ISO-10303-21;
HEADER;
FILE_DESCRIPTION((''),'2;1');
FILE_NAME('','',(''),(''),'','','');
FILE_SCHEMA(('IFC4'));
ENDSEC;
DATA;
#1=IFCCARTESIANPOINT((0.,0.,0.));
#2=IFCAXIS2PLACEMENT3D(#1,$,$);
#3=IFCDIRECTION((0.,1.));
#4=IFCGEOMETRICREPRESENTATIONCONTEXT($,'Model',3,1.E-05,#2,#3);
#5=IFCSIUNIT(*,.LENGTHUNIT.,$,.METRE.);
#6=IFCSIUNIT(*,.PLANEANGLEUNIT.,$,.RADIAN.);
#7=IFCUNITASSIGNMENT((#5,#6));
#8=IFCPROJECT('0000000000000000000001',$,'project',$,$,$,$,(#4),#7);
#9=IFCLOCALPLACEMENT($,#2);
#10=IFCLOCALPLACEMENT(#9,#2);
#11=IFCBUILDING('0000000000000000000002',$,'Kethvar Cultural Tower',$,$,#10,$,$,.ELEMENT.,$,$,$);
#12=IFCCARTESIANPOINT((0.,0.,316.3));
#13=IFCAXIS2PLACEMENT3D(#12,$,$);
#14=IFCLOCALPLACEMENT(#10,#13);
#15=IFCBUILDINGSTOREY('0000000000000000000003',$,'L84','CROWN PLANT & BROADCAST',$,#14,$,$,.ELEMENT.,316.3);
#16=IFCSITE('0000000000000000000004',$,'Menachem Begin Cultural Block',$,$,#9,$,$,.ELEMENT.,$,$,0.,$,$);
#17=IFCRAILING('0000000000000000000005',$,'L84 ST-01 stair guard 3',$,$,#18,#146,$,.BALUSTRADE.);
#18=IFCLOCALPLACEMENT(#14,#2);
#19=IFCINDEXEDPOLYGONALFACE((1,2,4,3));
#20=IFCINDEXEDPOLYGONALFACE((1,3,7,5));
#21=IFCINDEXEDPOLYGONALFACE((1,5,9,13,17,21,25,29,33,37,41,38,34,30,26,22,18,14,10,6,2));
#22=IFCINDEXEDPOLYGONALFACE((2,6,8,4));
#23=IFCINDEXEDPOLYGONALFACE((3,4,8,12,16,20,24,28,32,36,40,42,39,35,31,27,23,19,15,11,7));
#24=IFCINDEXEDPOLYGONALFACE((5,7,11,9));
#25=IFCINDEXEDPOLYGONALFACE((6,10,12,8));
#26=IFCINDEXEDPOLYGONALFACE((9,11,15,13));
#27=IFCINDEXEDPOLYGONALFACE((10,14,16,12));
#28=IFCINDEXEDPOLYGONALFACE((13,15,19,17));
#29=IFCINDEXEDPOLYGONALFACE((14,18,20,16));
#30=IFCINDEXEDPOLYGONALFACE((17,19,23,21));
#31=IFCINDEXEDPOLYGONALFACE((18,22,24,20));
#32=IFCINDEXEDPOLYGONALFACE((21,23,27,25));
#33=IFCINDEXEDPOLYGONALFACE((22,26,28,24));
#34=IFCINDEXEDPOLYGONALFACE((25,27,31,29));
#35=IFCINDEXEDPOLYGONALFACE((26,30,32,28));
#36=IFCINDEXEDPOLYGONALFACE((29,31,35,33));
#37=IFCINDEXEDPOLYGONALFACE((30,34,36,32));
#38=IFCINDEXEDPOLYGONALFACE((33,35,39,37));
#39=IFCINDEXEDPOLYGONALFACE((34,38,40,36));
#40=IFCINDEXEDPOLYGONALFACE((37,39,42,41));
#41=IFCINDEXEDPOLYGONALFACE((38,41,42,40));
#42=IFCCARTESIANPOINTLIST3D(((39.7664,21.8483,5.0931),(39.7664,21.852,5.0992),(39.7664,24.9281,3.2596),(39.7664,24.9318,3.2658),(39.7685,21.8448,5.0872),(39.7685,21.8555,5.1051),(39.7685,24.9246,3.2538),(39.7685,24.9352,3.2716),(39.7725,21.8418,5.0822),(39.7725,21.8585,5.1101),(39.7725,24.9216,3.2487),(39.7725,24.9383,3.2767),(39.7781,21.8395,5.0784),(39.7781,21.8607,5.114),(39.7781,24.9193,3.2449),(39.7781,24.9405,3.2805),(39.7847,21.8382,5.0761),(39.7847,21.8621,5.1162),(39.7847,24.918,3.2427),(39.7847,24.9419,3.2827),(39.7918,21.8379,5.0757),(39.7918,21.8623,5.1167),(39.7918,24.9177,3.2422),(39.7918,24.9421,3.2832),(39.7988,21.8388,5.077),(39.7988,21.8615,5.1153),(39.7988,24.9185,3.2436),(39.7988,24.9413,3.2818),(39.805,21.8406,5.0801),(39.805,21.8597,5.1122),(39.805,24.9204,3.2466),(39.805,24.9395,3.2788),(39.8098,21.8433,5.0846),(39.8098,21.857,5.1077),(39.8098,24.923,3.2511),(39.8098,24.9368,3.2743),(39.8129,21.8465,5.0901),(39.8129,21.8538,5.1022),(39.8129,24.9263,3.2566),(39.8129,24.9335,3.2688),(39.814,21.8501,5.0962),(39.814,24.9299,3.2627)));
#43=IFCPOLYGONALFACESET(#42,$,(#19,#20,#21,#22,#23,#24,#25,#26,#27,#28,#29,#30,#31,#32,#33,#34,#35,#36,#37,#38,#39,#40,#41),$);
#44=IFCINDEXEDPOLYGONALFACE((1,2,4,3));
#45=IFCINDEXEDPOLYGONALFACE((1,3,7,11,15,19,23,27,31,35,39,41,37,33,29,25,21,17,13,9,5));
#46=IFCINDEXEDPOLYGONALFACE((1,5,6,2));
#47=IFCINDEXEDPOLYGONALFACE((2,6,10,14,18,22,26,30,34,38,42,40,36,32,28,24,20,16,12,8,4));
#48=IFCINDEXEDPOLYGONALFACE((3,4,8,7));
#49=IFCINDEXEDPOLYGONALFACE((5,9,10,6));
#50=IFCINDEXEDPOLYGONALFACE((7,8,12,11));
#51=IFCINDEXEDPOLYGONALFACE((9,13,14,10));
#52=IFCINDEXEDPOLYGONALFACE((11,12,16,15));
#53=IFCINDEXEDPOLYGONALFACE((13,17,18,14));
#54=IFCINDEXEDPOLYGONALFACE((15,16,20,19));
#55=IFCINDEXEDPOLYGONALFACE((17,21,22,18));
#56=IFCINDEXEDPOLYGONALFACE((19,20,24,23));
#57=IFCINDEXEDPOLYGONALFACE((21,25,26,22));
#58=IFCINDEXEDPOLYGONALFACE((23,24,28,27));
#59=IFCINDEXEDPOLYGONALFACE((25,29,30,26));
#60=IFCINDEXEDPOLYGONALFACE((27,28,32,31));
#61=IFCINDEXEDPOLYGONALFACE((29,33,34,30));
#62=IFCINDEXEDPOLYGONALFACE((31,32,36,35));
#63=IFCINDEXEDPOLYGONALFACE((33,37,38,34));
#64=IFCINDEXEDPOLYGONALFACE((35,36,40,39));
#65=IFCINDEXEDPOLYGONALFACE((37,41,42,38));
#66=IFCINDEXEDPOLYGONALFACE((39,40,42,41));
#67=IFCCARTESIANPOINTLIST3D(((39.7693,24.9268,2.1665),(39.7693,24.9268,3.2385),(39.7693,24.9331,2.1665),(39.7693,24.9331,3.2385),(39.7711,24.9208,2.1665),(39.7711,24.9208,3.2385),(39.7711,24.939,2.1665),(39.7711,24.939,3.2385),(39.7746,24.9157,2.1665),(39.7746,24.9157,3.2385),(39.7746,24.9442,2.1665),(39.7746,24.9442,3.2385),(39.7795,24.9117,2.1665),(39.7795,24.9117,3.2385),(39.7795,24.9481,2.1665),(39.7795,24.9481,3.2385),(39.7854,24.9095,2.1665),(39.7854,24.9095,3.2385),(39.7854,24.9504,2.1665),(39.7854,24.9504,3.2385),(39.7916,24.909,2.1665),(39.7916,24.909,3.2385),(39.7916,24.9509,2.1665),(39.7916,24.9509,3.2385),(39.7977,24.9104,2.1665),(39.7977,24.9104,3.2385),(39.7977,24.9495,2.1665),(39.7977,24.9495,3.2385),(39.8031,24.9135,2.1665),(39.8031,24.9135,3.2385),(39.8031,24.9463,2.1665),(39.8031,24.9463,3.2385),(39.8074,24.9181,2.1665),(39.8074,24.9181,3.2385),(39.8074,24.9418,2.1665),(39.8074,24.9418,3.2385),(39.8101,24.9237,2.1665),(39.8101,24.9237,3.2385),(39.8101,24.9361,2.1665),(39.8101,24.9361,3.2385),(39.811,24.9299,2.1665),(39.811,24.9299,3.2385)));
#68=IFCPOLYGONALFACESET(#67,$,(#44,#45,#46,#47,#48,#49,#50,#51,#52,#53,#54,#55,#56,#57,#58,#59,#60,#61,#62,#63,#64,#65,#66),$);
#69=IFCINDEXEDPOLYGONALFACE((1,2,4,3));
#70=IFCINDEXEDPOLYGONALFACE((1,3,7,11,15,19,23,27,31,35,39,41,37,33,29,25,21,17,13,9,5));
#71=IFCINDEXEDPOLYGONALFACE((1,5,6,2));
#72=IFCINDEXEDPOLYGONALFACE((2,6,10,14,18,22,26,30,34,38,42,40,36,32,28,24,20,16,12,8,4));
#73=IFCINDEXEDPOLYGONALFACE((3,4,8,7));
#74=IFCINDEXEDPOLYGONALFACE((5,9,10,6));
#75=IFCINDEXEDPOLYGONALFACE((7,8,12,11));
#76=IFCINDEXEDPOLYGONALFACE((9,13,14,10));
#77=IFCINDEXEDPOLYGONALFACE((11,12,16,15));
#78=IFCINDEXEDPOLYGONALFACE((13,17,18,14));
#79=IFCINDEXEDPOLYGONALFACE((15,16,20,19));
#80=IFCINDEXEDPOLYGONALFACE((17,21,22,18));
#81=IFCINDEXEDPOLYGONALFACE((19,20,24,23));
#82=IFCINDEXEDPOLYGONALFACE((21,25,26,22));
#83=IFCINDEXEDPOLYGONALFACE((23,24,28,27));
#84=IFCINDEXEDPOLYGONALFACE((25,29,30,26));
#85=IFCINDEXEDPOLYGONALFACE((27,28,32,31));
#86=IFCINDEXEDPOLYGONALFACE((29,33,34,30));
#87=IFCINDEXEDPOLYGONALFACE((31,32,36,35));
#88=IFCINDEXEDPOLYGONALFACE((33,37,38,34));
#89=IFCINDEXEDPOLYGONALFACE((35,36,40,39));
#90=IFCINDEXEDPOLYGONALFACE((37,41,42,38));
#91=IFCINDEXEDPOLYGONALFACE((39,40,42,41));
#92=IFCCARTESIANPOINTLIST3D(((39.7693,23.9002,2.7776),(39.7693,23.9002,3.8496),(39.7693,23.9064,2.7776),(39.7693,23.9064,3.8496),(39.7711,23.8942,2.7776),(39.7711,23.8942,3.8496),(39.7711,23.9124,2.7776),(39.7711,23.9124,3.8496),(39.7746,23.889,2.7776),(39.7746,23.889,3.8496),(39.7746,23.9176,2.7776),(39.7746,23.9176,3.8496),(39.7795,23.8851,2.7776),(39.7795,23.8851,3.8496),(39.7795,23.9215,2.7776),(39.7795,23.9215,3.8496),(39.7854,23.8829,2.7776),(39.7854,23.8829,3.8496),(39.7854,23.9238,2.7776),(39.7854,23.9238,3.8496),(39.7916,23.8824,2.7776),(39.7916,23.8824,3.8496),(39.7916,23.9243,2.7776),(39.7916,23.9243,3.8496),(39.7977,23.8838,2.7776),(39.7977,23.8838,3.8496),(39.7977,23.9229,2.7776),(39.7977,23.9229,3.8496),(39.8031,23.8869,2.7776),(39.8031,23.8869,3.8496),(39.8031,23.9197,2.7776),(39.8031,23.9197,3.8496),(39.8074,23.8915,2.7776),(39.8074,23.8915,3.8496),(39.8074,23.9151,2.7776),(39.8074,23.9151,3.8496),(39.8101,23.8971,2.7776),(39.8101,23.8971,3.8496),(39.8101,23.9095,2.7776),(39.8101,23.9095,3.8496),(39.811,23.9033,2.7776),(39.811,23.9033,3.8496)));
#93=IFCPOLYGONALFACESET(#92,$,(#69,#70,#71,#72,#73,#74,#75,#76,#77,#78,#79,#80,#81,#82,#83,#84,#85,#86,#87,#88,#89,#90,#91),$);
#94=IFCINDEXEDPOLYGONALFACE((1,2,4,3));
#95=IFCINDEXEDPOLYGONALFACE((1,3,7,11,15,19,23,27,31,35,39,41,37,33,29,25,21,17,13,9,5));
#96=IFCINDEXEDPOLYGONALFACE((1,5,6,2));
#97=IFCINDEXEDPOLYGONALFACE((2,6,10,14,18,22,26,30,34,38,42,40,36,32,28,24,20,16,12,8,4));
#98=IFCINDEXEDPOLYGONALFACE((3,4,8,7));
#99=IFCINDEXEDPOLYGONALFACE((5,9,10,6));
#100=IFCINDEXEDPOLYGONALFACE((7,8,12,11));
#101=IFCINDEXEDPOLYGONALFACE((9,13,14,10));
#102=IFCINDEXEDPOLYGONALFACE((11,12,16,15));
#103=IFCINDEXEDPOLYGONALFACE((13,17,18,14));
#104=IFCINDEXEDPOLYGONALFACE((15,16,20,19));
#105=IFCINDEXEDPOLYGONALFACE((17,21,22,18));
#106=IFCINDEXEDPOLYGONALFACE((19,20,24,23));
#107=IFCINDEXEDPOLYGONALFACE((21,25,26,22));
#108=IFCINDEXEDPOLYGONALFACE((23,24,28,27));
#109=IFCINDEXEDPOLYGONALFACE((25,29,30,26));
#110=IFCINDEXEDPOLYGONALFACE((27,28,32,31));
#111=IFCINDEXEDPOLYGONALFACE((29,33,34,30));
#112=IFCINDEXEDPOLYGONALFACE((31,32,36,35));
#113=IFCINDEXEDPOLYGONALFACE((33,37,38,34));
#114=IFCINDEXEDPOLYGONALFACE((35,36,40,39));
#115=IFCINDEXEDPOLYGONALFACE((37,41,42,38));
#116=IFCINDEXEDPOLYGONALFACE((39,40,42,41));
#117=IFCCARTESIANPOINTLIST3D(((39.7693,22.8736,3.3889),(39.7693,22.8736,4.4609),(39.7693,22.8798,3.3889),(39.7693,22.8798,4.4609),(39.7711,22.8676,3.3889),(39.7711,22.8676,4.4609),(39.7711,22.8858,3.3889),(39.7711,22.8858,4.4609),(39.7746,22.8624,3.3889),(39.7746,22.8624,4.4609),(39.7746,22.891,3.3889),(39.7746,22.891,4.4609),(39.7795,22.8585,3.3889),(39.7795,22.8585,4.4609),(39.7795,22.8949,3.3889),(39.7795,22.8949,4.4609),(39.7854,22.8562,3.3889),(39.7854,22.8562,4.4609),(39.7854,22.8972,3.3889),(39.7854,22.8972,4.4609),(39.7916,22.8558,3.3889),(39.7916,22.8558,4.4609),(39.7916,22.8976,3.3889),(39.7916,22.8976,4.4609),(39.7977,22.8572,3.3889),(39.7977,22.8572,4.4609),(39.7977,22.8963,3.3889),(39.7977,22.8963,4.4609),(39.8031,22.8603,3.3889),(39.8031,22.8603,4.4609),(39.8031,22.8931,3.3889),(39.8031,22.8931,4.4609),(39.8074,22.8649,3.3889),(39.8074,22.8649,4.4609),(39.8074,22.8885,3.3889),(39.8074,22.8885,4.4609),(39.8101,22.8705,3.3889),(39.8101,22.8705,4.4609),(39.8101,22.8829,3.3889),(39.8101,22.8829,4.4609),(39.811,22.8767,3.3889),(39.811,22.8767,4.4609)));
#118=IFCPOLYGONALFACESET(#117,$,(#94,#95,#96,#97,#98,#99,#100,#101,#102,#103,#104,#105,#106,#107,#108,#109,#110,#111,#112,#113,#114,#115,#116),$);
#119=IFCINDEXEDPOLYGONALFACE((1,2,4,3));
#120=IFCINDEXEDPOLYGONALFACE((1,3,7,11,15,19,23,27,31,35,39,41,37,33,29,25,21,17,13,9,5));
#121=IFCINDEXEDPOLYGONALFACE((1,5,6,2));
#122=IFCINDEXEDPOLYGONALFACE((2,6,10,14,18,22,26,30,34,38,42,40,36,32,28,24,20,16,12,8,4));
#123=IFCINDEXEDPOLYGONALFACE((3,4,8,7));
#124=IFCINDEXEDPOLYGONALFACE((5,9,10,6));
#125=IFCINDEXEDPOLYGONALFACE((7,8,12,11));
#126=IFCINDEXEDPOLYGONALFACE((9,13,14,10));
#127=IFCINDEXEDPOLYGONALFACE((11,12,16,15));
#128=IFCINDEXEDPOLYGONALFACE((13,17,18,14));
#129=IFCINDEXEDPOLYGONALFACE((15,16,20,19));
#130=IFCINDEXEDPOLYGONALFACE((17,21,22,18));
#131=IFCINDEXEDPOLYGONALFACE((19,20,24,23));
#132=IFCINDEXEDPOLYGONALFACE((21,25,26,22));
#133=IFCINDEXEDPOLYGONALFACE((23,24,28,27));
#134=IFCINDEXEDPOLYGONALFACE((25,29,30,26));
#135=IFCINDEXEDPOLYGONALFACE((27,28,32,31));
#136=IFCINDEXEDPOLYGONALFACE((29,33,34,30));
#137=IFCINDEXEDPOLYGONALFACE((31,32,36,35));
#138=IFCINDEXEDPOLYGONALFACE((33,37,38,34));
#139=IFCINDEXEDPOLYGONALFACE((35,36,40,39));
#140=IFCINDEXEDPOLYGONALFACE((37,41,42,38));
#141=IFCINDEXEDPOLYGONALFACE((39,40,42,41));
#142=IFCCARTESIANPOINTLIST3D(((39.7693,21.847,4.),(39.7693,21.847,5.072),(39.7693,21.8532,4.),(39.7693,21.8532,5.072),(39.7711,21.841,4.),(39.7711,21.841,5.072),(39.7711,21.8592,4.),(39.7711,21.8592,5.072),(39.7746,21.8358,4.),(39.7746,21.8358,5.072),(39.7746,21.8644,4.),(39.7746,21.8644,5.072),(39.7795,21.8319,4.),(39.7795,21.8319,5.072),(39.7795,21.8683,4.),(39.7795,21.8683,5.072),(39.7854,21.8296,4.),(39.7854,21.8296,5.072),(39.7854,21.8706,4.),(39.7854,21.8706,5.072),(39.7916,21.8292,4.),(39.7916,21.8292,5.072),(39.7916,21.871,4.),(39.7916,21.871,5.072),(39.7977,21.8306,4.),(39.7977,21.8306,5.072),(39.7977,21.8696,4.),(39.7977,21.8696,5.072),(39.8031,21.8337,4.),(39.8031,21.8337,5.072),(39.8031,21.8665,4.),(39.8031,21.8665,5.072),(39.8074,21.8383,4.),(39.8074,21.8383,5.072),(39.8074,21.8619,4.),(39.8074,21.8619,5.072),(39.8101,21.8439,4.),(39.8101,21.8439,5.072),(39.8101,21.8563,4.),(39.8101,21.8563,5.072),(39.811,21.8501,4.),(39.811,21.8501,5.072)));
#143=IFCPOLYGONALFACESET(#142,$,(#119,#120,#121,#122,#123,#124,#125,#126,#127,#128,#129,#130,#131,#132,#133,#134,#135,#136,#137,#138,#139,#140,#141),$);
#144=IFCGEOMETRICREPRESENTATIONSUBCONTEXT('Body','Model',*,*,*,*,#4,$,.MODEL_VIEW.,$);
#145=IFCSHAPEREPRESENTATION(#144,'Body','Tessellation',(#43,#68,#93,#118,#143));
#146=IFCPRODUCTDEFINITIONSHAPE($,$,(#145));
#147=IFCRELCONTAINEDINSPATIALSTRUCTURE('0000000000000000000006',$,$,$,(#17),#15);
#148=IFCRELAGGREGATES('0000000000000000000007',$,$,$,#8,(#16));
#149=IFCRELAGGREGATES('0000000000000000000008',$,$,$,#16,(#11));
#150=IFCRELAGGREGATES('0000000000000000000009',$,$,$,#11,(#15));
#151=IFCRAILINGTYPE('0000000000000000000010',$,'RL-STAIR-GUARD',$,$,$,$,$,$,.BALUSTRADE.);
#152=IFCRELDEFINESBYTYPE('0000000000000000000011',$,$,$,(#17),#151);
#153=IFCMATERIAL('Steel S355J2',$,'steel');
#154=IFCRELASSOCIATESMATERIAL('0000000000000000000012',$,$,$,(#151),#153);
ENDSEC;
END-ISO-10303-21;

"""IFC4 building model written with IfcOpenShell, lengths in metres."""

from ifc_helpers import new_model, si_unit, direction, frame, origin, origin_2d, place, context, subcontext, project, spatial, circle, extrude, material, type_object, element, save


model = new_model("IFC4")

# Units and contexts
model_context = context("Model", 3, precision=1e-05, world=origin(), true_north=direction((0.0, 1.0)))
body_context = subcontext(model_context, "Body", "Model", "MODEL_VIEW")
ifc_project = project(units=[si_unit("LENGTHUNIT", "METRE"), si_unit("PLANEANGLEUNIT", "RADIAN")], contexts=[model_context])

# Site, building, storey
site_placement = place(None, origin())
site = spatial("IfcSite", under=ifc_project, at=site_placement, Name="Menachem Begin Cultural Block", CompositionType="ELEMENT", RefElevation=0.0)
building_placement = place(site_placement, origin())
building = spatial("IfcBuilding", under=site, at=building_placement, Name="Kethvar Cultural Tower", CompositionType="ELEMENT")
storey_placement = place(building_placement, frame((0.0, 0.0, 316.3)))
storey = spatial("IfcBuildingStorey", under=building, at=storey_placement, Name="L84", Description="CROWN PLANT & BROADCAST", CompositionType="ELEMENT", Elevation=316.3)

# Shared definitions
ifc_material_1 = material(Name="Steel S355J2", Category="steel")

# Railing
railing_type_1 = type_object("IfcRailingType", Name="RL-STAIR-GUARD", PredefinedType="BALUSTRADE", material=ifc_material_1)
railing_1_placement = place(storey_placement, frame((39.79, 24.9299, 2.1665)))
element("IfcRailing", 1, at=railing_1_placement, inside=storey, type_object=railing_type_1, Name="L84 ST-01 stair guard 3", PredefinedType="BALUSTRADE", context=body_context, shape_type="SweptSolid", body=[
    extrude(circle(Radius=0.0239, at=origin_2d()), frame((0.0, 0.0, 1.0962), z_axis=(0.0, -0.859261, 0.511538), x_axis=(1.0, 0.0, 0.0)), (0.0, 0.0, 1.0), 3.5842),
    extrude(circle(Radius=0.021, at=origin_2d()), origin(), (0.0, 0.0, 1.0), 1.072),
    extrude(circle(Radius=0.021, at=origin_2d()), frame((0.0, -1.0266, 0.6111)), (0.0, 0.0, 1.0), 1.072),
    extrude(circle(Radius=0.021, at=origin_2d()), frame((0.0, -2.0532, 1.2224)), (0.0, 0.0, 1.0), 1.072),
    extrude(circle(Radius=0.021, at=origin_2d()), frame((0.0, -3.0798, 1.8335)), (0.0, 0.0, 1.0), 1.072),
])

save(model, "model.ifc")
